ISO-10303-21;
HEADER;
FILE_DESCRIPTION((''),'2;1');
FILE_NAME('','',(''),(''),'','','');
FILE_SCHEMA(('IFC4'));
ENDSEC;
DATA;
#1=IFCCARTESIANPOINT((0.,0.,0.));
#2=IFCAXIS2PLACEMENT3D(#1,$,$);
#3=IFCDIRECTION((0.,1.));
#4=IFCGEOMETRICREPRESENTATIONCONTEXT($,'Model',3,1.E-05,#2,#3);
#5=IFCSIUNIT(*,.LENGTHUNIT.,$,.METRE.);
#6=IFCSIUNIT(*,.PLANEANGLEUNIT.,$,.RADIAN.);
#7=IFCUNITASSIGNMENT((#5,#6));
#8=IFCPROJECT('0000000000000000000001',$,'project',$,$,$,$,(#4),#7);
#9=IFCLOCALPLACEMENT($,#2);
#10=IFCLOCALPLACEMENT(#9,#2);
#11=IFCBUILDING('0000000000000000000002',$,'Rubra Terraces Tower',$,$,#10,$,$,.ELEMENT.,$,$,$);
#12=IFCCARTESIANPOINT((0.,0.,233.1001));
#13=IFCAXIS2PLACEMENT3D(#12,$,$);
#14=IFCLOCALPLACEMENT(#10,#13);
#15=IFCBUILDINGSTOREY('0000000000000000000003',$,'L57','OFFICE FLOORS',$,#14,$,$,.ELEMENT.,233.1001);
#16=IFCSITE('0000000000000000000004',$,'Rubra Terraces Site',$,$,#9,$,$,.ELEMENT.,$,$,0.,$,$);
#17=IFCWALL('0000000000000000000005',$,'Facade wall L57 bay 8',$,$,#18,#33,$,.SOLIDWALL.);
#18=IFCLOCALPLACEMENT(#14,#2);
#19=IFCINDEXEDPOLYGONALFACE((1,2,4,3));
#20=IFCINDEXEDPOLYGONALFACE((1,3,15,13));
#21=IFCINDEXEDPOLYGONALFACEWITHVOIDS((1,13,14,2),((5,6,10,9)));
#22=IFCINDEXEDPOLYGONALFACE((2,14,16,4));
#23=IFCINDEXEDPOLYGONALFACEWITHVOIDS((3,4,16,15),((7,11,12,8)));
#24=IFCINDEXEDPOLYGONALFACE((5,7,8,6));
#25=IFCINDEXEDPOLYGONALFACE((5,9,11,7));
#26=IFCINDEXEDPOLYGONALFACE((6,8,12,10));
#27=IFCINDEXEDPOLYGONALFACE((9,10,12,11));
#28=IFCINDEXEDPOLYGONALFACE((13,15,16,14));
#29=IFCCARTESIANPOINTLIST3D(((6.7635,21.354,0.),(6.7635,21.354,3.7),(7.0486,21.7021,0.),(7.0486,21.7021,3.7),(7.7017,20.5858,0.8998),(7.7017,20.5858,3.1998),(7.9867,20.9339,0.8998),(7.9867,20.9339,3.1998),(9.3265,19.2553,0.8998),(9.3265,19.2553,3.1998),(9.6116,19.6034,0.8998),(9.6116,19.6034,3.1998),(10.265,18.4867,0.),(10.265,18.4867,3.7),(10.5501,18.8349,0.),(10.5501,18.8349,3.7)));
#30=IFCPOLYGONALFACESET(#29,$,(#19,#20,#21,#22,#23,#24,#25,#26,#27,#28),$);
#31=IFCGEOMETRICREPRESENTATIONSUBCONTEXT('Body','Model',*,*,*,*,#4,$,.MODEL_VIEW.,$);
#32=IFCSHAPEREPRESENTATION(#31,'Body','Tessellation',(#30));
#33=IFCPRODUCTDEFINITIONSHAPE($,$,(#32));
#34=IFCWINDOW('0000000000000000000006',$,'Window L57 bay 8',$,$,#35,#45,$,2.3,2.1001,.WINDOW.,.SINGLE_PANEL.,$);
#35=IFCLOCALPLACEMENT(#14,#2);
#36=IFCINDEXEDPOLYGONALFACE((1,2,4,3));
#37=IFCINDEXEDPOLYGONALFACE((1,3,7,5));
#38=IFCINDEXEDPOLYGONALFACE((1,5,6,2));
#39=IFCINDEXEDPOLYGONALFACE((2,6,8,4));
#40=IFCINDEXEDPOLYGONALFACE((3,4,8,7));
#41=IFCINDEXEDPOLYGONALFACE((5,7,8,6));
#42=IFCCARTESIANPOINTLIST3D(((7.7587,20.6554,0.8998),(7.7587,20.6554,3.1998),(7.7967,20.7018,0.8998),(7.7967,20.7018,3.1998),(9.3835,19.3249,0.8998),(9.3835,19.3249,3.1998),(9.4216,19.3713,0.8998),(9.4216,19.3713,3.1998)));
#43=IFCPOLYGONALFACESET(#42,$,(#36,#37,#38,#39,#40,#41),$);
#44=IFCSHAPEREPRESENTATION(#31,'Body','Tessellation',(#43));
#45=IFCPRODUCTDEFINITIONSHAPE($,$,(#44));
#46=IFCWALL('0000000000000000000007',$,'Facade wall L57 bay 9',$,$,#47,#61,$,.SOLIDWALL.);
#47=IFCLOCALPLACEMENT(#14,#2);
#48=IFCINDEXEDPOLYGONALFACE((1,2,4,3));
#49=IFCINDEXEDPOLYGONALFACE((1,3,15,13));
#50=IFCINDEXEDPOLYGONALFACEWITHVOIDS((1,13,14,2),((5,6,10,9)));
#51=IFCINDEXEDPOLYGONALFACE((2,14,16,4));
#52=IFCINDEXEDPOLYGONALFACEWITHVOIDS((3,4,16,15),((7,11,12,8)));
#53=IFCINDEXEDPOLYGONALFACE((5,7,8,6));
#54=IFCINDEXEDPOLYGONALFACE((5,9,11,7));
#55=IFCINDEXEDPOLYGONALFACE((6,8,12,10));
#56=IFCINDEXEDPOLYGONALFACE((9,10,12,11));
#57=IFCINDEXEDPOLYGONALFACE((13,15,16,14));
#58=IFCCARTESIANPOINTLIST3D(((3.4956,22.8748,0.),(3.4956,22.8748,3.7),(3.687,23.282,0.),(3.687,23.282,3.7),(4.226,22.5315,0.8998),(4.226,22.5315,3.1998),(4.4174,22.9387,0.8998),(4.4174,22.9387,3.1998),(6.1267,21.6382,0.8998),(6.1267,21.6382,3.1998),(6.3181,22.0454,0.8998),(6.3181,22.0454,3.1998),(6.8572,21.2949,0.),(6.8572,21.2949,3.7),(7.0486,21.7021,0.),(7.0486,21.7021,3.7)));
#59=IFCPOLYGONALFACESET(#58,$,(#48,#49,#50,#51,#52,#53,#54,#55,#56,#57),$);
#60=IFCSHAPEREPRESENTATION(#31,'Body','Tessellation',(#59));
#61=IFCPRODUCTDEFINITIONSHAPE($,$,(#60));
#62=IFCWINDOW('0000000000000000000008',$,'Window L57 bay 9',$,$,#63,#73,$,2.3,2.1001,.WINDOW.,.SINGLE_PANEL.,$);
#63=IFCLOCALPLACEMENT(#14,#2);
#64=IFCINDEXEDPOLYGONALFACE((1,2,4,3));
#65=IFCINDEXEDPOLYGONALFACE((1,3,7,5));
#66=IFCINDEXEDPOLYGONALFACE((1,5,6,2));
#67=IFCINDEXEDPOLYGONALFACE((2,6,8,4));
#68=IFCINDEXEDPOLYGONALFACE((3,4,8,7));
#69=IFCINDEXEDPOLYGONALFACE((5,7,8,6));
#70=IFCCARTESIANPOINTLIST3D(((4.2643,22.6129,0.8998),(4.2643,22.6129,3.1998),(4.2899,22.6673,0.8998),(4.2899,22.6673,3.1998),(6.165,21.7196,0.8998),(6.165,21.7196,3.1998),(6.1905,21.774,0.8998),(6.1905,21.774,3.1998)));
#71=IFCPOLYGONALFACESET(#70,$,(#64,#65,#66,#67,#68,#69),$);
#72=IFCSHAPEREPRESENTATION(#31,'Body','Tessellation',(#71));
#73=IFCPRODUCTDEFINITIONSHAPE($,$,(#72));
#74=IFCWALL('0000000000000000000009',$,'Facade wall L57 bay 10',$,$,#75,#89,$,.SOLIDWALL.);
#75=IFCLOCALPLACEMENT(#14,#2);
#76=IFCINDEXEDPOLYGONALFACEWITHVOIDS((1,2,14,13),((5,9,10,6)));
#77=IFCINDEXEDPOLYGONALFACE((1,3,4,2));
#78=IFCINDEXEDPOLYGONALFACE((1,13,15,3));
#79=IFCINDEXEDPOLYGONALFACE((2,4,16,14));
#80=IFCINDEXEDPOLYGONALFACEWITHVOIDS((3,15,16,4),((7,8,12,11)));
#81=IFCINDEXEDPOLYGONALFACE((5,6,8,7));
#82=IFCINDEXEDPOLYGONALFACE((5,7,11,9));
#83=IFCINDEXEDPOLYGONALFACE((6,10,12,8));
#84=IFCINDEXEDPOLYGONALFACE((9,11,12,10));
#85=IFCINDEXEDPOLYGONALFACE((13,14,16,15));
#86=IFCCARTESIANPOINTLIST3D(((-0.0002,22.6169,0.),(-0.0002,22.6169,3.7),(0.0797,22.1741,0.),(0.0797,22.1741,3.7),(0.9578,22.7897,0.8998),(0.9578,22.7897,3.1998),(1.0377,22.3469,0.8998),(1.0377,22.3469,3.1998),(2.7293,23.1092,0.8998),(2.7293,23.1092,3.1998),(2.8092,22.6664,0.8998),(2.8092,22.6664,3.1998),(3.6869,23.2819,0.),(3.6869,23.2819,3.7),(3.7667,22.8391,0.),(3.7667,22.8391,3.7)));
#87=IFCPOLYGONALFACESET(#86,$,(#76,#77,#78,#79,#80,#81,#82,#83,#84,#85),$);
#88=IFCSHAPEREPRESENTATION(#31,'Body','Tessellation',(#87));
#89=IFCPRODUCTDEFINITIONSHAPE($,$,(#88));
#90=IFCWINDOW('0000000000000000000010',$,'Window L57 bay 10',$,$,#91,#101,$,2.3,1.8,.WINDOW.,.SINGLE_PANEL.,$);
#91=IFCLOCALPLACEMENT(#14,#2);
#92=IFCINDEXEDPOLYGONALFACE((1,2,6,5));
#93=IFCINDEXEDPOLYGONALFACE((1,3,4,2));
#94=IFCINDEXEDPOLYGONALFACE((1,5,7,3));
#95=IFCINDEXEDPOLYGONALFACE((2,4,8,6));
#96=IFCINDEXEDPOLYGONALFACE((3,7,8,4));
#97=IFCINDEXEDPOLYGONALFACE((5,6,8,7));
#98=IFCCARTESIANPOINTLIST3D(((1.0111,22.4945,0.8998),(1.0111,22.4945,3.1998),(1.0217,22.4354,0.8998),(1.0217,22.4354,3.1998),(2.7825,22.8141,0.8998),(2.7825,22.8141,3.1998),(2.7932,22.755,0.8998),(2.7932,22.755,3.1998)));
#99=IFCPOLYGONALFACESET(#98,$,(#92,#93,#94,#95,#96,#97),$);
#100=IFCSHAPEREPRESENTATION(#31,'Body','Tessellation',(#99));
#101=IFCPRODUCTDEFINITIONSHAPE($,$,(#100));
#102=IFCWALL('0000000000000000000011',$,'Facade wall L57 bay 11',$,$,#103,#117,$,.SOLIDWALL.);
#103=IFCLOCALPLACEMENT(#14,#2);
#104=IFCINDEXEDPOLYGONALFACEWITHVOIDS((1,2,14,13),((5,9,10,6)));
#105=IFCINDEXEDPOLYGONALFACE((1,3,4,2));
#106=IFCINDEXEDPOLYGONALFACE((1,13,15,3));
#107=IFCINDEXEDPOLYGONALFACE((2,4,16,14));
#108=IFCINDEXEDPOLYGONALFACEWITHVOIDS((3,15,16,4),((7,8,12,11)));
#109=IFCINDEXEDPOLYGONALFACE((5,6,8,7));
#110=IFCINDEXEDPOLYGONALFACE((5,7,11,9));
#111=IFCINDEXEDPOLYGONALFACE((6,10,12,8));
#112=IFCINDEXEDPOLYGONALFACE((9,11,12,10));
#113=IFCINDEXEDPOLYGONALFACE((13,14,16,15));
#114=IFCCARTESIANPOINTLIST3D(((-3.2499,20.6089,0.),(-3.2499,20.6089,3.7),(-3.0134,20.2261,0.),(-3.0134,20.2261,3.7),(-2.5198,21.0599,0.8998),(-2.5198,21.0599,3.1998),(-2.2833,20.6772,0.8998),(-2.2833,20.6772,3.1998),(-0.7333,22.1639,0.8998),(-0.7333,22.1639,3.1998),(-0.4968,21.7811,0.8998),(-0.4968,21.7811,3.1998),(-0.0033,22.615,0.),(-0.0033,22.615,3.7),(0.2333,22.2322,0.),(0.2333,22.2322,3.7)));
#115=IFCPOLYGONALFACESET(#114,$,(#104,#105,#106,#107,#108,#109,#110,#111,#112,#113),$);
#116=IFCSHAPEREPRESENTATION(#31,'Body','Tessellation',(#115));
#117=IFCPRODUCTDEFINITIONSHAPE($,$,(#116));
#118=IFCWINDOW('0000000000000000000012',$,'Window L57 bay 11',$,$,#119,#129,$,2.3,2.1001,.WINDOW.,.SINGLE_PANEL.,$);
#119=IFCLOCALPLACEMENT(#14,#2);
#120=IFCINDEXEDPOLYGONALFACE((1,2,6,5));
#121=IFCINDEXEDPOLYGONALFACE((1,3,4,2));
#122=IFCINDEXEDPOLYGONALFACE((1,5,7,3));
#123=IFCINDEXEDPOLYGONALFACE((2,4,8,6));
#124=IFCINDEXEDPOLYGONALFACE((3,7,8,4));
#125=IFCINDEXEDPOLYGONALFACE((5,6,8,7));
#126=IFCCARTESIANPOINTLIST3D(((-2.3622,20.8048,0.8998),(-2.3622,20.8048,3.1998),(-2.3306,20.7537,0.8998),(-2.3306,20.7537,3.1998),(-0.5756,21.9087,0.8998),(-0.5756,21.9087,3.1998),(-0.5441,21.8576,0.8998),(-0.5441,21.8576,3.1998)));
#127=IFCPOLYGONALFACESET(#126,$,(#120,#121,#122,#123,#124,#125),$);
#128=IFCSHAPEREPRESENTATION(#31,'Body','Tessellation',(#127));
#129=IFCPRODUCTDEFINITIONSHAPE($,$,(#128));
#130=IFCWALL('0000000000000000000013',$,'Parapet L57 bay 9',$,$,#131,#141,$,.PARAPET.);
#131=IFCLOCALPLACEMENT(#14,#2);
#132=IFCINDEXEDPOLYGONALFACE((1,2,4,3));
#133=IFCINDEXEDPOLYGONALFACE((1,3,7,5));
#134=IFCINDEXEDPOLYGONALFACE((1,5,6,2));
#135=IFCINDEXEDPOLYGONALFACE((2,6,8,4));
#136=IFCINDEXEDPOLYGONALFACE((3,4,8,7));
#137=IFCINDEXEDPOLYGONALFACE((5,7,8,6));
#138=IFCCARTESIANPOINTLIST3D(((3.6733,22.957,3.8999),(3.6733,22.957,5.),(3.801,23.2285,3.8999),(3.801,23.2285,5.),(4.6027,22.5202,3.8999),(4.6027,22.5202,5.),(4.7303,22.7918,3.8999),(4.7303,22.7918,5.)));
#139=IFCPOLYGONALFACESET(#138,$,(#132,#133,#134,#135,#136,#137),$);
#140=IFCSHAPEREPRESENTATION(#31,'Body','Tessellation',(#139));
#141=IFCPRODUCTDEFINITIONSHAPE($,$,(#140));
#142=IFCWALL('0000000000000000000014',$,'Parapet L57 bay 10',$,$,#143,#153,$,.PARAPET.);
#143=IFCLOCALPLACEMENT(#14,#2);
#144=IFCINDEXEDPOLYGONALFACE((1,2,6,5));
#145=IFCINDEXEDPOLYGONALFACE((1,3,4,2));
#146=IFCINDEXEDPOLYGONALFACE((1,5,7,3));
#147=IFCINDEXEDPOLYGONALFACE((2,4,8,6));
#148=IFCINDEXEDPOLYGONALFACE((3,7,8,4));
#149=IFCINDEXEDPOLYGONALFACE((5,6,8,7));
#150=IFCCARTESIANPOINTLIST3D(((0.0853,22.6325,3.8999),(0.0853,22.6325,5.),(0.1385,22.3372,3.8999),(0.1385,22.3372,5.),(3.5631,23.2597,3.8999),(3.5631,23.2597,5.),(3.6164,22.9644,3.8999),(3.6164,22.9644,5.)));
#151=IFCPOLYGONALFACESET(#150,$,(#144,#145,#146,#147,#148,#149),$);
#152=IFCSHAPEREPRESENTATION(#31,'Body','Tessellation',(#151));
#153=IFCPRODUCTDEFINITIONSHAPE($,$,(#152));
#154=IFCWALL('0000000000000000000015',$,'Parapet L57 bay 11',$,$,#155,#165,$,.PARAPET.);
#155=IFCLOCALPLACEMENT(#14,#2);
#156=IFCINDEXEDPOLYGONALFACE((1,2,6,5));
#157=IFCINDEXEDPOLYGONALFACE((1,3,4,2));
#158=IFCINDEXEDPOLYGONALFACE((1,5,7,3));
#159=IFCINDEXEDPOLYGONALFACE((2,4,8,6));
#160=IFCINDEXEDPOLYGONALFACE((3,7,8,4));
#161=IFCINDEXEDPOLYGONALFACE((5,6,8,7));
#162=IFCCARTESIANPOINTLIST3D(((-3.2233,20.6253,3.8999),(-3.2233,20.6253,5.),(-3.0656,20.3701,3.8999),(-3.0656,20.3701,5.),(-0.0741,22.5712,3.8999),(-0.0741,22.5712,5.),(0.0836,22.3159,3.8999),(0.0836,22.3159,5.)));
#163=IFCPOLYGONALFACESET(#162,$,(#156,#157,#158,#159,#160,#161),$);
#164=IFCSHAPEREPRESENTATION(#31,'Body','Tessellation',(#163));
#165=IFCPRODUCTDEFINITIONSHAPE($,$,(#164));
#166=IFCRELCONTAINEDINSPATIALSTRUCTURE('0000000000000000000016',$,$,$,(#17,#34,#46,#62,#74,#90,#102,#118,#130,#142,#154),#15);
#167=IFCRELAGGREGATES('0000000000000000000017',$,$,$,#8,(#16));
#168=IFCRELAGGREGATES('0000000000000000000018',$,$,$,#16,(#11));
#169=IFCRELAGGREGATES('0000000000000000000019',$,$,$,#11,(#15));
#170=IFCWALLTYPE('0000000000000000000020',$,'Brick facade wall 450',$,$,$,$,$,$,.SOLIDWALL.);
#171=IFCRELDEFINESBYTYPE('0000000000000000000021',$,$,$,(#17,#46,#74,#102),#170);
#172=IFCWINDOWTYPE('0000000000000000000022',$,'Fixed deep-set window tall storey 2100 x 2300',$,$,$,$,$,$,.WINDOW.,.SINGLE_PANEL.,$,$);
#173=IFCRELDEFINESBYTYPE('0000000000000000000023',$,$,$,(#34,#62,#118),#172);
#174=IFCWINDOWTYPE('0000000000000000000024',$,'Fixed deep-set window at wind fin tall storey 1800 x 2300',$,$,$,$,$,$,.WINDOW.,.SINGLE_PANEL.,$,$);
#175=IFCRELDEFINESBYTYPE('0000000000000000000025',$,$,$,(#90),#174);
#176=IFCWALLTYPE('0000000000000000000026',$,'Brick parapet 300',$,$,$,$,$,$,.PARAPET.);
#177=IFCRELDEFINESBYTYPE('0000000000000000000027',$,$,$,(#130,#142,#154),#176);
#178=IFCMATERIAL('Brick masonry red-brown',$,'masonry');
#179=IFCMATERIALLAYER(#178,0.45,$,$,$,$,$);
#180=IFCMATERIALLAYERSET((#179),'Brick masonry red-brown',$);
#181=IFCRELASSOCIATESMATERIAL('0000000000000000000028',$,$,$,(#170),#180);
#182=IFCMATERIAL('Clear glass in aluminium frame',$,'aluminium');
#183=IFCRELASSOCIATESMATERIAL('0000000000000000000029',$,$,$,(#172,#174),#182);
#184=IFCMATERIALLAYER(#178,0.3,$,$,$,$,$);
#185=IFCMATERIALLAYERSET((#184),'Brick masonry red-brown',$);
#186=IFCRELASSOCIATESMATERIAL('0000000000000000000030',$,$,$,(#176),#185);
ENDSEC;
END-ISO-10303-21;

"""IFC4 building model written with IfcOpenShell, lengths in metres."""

from ifc_helpers import new_model, si_unit, direction, frame, frame_2d, origin, place, context, subcontext, project, spatial, rectangle, extrude, material, layer, layer_set, type_object, element, fill, save


model = new_model("IFC4")

# Units and contexts
model_context = context("Model", 3, precision=1e-05, world=origin(), true_north=direction((0.0, 1.0)))
body_context = subcontext(model_context, "Body", "Model", "MODEL_VIEW")
ifc_project = project(units=[si_unit("LENGTHUNIT", "METRE"), si_unit("PLANEANGLEUNIT", "RADIAN")], contexts=[model_context])

# Site, building, storey
site_placement = place(None, origin())
site = spatial("IfcSite", under=ifc_project, at=site_placement, Name="Rubra Terraces Site", CompositionType="ELEMENT", RefElevation=0.0)
building_placement = place(site_placement, origin())
building = spatial("IfcBuilding", under=site, at=building_placement, Name="Rubra Terraces Tower", CompositionType="ELEMENT")
storey_placement = place(building_placement, frame((0.0, 0.0, 233.1001)))
storey = spatial("IfcBuildingStorey", under=building, at=storey_placement, Name="L57", Description="OFFICE FLOORS", CompositionType="ELEMENT", Elevation=233.1001)

# Walls, openings, windows
ifc_material_1 = material(Name="Brick masonry red-brown", Category="masonry")
ifc_layer_1 = layer(ifc_material_1, 0.45)
ifc_layer_set_1 = layer_set([ifc_layer_1], Name="Brick masonry red-brown")
wall_type_1 = type_object("IfcWallType", Name="Brick facade wall 450", PredefinedType="SOLIDWALL", material=ifc_layer_set_1)
wall_1_placement = place(storey_placement, frame((10.4075, 18.6609, 0.0), z_axis=(0.0, 0.0, 1.0), x_axis=(-0.773702, 0.633549, 0.0)))
wall_1 = element("IfcWall", 1, at=wall_1_placement, inside=storey, type_object=wall_type_1, Name="Facade wall L57 bay 8", PredefinedType="SOLIDWALL", context=body_context, shape_type="SweptSolid", body=[
    extrude(rectangle(XDim=4.5256, YDim=0.45, at=frame_2d((2.2627, 0.0))), origin(), (0.0, 0.0, 1.0), 3.7),
])
opening_1_placement = place(wall_1_placement, frame((1.2129, 0.0, 0.8999)))
opening_1 = element("IfcOpeningElement", 2, at=opening_1_placement, cuts=wall_1, PredefinedType="OPENING", context=body_context, shape_type="SweptSolid", body=[
    extrude(rectangle(XDim=2.1001, YDim=2.3, at=frame_2d((1.05, 1.1499))), frame((0.0, 0.2349, 0.0), z_axis=(0.0, -1.0, 0.0), x_axis=(1.0, 0.0, 0.0)), (0.0, 0.0, 1.0), 0.47),
])
ifc_material_2 = material(Name="Clear glass in aluminium frame", Category="aluminium")
window_type_1 = type_object("IfcWindowType", Name="Fixed deep-set window tall storey 2100 x 2300", PartitioningType="SINGLE_PANEL", PredefinedType="WINDOW", material=ifc_material_2)
window_1_placement = place(opening_1_placement, origin())
window_1 = element("IfcWindow", 3, at=window_1_placement, inside=storey, type_object=window_type_1, Name="Window L57 bay 8", OverallHeight=2.3, OverallWidth=2.1001, PartitioningType="SINGLE_PANEL", PredefinedType="WINDOW", context=body_context, shape_type="SweptSolid", body=[
    extrude(rectangle(XDim=2.1001, YDim=2.3, at=frame_2d((1.05, 1.1499))), frame((0.0, 0.135, 0.0), z_axis=(0.0, -1.0, 0.0), x_axis=(1.0, 0.0, 0.0)), (0.0, 0.0, 1.0), 0.0601),
])
fill(opening_1, window_1)
wall_2_placement = place(storey_placement, frame((6.9529, 21.4985, 0.0), z_axis=(0.0, 0.0, 1.0), x_axis=(-0.905035, 0.425338, 0.0)))
wall_2 = element("IfcWall", 4, at=wall_2_placement, inside=storey, type_object=wall_type_1, Name="Facade wall L57 bay 9", PredefinedType="SOLIDWALL", context=body_context, shape_type="SweptSolid", body=[
    extrude(rectangle(XDim=3.7144, YDim=0.45, at=frame_2d((1.8572, 0.0))), origin(), (0.0, 0.0, 1.0), 3.7),
])
opening_2_placement = place(wall_2_placement, frame((0.8071, 0.0, 0.8999)))
opening_2 = element("IfcOpeningElement", 5, at=opening_2_placement, cuts=wall_2, PredefinedType="OPENING", context=body_context, shape_type="SweptSolid", body=[
    extrude(rectangle(XDim=2.1001, YDim=2.3, at=frame_2d((1.05, 1.1499))), frame((0.0, 0.2349, 0.0), z_axis=(0.0, -1.0, 0.0), x_axis=(1.0, 0.0, 0.0)), (0.0, 0.0, 1.0), 0.47),
])
window_2_placement = place(opening_2_placement, origin())
window_2 = element("IfcWindow", 6, at=window_2_placement, inside=storey, type_object=window_type_1, Name="Window L57 bay 9", OverallHeight=2.3, OverallWidth=2.1001, PartitioningType="SINGLE_PANEL", PredefinedType="WINDOW", context=body_context, shape_type="SweptSolid", body=[
    extrude(rectangle(XDim=2.1001, YDim=2.3, at=frame_2d((1.05, 1.1499))), frame((0.0, 0.135, 0.0), z_axis=(0.0, -1.0, 0.0), x_axis=(1.0, 0.0, 0.0)), (0.0, 0.0, 1.0), 0.0601),
])
fill(opening_2, window_2)
wall_3_placement = place(storey_placement, frame((3.7268, 23.0605, 0.0), z_axis=(0.0, 0.0, 1.0), x_axis=(-0.984119, -0.177509, 0.0)))
wall_3 = element("IfcWall", 7, at=wall_3_placement, inside=storey, type_object=wall_type_1, Name="Facade wall L57 bay 10", PredefinedType="SOLIDWALL", context=body_context, shape_type="SweptSolid", body=[
    extrude(rectangle(XDim=3.7466, YDim=0.45, at=frame_2d((1.8733, 0.0))), origin(), (0.0, 0.0, 1.0), 3.7),
])
opening_3_placement = place(wall_3_placement, frame((0.9731, 0.0, 0.8999)))
opening_3 = element("IfcOpeningElement", 8, at=opening_3_placement, cuts=wall_3, PredefinedType="OPENING", context=body_context, shape_type="SweptSolid", body=[
    extrude(rectangle(XDim=1.8, YDim=2.3, at=frame_2d((0.8999, 1.1499))), frame((0.0, 0.2349, 0.0), z_axis=(0.0, -1.0, 0.0), x_axis=(1.0, 0.0, 0.0)), (0.0, 0.0, 1.0), 0.47),
])
window_type_2 = type_object("IfcWindowType", Name="Fixed deep-set window at wind fin tall storey 1800 x 2300", PartitioningType="SINGLE_PANEL", PredefinedType="WINDOW", material=ifc_material_2)
window_3_placement = place(opening_3_placement, origin())
window_3 = element("IfcWindow", 9, at=window_3_placement, inside=storey, type_object=window_type_2, Name="Window L57 bay 10", OverallHeight=2.3, OverallWidth=1.8, PartitioningType="SINGLE_PANEL", PredefinedType="WINDOW", context=body_context, shape_type="SweptSolid", body=[
    extrude(rectangle(XDim=1.8, YDim=2.3, at=frame_2d((0.8999, 1.1499))), frame((0.0, 0.135, 0.0), z_axis=(0.0, -1.0, 0.0), x_axis=(1.0, 0.0, 0.0)), (0.0, 0.0, 1.0), 0.0601),
])
fill(opening_3, window_3)
wall_4_placement = place(storey_placement, frame((0.115, 22.4236, 0.0), z_axis=(0.0, 0.0, 1.0), x_axis=(-0.850697, -0.525656, 0.0)))
wall_4 = element("IfcWall", 10, at=wall_4_placement, inside=storey, type_object=wall_type_1, Name="Facade wall L57 bay 11", PredefinedType="SOLIDWALL", context=body_context, shape_type="SweptSolid", body=[
    extrude(rectangle(XDim=3.8164, YDim=0.45, at=frame_2d((1.9082, 0.0))), origin(), (0.0, 0.0, 1.0), 3.7),
])
opening_4_placement = place(wall_4_placement, frame((0.8582, 0.0, 0.8999)))
opening_4 = element("IfcOpeningElement", 11, at=opening_4_placement, cuts=wall_4, PredefinedType="OPENING", context=body_context, shape_type="SweptSolid", body=[
    extrude(rectangle(XDim=2.1001, YDim=2.3, at=frame_2d((1.05, 1.1499))), frame((0.0, 0.2349, 0.0), z_axis=(0.0, -1.0, 0.0), x_axis=(1.0, 0.0, 0.0)), (0.0, 0.0, 1.0), 0.47),
])
window_4_placement = place(opening_4_placement, origin())
window_4 = element("IfcWindow", 12, at=window_4_placement, inside=storey, type_object=window_type_1, Name="Window L57 bay 11", OverallHeight=2.3, OverallWidth=2.1001, PartitioningType="SINGLE_PANEL", PredefinedType="WINDOW", context=body_context, shape_type="SweptSolid", body=[
    extrude(rectangle(XDim=2.1001, YDim=2.3, at=frame_2d((1.05, 1.1499))), frame((0.0, 0.135, 0.0), z_axis=(0.0, -1.0, 0.0), x_axis=(1.0, 0.0, 0.0)), (0.0, 0.0, 1.0), 0.0601),
])
fill(opening_4, window_4)

# Walls
ifc_layer_2 = layer(ifc_material_1, 0.3)
ifc_layer_set_2 = layer_set([ifc_layer_2], Name="Brick masonry red-brown")
wall_type_2 = type_object("IfcWallType", Name="Brick parapet 300", PredefinedType="PARAPET", material=ifc_layer_set_2)
wall_5_placement = place(storey_placement, frame((4.6665, 22.656, 3.8999), z_axis=(0.0, 0.0, 1.0), x_axis=(-0.90505, 0.425305, 0.0)))
element("IfcWall", 13, at=wall_5_placement, inside=storey, type_object=wall_type_2, Name="Parapet L57 bay 9", PredefinedType="PARAPET", context=body_context, shape_type="SweptSolid", body=[
    extrude(rectangle(XDim=1.0269, YDim=0.3, at=frame_2d((0.5134, 0.0))), origin(), (0.0, 0.0, 1.0), 1.1001),
])
wall_6_placement = place(storey_placement, frame((3.5898, 23.1121, 3.8999), z_axis=(0.0, 0.0, 1.0), x_axis=(-0.984124, -0.177481, 0.0)))
element("IfcWall", 14, at=wall_6_placement, inside=storey, type_object=wall_type_2, Name="Parapet L57 bay 10", PredefinedType="PARAPET", context=body_context, shape_type="SweptSolid", body=[
    extrude(rectangle(XDim=3.5339, YDim=0.3, at=frame_2d((1.7671, 0.0))), origin(), (0.0, 0.0, 1.0), 1.1001),
])
wall_7_placement = place(storey_placement, frame((0.0049, 22.4436, 3.8999), z_axis=(0.0, 0.0, 1.0), x_axis=(-0.85071, -0.525635, 0.0)))
element("IfcWall", 15, at=wall_7_placement, inside=storey, type_object=wall_type_2, Name="Parapet L57 bay 11", PredefinedType="PARAPET", context=body_context, shape_type="SweptSolid", body=[
    extrude(rectangle(XDim=3.7019, YDim=0.3, at=frame_2d((1.8511, 0.0))), origin(), (0.0, 0.0, 1.0), 1.1001),
])

save(model, "model.ifc")
